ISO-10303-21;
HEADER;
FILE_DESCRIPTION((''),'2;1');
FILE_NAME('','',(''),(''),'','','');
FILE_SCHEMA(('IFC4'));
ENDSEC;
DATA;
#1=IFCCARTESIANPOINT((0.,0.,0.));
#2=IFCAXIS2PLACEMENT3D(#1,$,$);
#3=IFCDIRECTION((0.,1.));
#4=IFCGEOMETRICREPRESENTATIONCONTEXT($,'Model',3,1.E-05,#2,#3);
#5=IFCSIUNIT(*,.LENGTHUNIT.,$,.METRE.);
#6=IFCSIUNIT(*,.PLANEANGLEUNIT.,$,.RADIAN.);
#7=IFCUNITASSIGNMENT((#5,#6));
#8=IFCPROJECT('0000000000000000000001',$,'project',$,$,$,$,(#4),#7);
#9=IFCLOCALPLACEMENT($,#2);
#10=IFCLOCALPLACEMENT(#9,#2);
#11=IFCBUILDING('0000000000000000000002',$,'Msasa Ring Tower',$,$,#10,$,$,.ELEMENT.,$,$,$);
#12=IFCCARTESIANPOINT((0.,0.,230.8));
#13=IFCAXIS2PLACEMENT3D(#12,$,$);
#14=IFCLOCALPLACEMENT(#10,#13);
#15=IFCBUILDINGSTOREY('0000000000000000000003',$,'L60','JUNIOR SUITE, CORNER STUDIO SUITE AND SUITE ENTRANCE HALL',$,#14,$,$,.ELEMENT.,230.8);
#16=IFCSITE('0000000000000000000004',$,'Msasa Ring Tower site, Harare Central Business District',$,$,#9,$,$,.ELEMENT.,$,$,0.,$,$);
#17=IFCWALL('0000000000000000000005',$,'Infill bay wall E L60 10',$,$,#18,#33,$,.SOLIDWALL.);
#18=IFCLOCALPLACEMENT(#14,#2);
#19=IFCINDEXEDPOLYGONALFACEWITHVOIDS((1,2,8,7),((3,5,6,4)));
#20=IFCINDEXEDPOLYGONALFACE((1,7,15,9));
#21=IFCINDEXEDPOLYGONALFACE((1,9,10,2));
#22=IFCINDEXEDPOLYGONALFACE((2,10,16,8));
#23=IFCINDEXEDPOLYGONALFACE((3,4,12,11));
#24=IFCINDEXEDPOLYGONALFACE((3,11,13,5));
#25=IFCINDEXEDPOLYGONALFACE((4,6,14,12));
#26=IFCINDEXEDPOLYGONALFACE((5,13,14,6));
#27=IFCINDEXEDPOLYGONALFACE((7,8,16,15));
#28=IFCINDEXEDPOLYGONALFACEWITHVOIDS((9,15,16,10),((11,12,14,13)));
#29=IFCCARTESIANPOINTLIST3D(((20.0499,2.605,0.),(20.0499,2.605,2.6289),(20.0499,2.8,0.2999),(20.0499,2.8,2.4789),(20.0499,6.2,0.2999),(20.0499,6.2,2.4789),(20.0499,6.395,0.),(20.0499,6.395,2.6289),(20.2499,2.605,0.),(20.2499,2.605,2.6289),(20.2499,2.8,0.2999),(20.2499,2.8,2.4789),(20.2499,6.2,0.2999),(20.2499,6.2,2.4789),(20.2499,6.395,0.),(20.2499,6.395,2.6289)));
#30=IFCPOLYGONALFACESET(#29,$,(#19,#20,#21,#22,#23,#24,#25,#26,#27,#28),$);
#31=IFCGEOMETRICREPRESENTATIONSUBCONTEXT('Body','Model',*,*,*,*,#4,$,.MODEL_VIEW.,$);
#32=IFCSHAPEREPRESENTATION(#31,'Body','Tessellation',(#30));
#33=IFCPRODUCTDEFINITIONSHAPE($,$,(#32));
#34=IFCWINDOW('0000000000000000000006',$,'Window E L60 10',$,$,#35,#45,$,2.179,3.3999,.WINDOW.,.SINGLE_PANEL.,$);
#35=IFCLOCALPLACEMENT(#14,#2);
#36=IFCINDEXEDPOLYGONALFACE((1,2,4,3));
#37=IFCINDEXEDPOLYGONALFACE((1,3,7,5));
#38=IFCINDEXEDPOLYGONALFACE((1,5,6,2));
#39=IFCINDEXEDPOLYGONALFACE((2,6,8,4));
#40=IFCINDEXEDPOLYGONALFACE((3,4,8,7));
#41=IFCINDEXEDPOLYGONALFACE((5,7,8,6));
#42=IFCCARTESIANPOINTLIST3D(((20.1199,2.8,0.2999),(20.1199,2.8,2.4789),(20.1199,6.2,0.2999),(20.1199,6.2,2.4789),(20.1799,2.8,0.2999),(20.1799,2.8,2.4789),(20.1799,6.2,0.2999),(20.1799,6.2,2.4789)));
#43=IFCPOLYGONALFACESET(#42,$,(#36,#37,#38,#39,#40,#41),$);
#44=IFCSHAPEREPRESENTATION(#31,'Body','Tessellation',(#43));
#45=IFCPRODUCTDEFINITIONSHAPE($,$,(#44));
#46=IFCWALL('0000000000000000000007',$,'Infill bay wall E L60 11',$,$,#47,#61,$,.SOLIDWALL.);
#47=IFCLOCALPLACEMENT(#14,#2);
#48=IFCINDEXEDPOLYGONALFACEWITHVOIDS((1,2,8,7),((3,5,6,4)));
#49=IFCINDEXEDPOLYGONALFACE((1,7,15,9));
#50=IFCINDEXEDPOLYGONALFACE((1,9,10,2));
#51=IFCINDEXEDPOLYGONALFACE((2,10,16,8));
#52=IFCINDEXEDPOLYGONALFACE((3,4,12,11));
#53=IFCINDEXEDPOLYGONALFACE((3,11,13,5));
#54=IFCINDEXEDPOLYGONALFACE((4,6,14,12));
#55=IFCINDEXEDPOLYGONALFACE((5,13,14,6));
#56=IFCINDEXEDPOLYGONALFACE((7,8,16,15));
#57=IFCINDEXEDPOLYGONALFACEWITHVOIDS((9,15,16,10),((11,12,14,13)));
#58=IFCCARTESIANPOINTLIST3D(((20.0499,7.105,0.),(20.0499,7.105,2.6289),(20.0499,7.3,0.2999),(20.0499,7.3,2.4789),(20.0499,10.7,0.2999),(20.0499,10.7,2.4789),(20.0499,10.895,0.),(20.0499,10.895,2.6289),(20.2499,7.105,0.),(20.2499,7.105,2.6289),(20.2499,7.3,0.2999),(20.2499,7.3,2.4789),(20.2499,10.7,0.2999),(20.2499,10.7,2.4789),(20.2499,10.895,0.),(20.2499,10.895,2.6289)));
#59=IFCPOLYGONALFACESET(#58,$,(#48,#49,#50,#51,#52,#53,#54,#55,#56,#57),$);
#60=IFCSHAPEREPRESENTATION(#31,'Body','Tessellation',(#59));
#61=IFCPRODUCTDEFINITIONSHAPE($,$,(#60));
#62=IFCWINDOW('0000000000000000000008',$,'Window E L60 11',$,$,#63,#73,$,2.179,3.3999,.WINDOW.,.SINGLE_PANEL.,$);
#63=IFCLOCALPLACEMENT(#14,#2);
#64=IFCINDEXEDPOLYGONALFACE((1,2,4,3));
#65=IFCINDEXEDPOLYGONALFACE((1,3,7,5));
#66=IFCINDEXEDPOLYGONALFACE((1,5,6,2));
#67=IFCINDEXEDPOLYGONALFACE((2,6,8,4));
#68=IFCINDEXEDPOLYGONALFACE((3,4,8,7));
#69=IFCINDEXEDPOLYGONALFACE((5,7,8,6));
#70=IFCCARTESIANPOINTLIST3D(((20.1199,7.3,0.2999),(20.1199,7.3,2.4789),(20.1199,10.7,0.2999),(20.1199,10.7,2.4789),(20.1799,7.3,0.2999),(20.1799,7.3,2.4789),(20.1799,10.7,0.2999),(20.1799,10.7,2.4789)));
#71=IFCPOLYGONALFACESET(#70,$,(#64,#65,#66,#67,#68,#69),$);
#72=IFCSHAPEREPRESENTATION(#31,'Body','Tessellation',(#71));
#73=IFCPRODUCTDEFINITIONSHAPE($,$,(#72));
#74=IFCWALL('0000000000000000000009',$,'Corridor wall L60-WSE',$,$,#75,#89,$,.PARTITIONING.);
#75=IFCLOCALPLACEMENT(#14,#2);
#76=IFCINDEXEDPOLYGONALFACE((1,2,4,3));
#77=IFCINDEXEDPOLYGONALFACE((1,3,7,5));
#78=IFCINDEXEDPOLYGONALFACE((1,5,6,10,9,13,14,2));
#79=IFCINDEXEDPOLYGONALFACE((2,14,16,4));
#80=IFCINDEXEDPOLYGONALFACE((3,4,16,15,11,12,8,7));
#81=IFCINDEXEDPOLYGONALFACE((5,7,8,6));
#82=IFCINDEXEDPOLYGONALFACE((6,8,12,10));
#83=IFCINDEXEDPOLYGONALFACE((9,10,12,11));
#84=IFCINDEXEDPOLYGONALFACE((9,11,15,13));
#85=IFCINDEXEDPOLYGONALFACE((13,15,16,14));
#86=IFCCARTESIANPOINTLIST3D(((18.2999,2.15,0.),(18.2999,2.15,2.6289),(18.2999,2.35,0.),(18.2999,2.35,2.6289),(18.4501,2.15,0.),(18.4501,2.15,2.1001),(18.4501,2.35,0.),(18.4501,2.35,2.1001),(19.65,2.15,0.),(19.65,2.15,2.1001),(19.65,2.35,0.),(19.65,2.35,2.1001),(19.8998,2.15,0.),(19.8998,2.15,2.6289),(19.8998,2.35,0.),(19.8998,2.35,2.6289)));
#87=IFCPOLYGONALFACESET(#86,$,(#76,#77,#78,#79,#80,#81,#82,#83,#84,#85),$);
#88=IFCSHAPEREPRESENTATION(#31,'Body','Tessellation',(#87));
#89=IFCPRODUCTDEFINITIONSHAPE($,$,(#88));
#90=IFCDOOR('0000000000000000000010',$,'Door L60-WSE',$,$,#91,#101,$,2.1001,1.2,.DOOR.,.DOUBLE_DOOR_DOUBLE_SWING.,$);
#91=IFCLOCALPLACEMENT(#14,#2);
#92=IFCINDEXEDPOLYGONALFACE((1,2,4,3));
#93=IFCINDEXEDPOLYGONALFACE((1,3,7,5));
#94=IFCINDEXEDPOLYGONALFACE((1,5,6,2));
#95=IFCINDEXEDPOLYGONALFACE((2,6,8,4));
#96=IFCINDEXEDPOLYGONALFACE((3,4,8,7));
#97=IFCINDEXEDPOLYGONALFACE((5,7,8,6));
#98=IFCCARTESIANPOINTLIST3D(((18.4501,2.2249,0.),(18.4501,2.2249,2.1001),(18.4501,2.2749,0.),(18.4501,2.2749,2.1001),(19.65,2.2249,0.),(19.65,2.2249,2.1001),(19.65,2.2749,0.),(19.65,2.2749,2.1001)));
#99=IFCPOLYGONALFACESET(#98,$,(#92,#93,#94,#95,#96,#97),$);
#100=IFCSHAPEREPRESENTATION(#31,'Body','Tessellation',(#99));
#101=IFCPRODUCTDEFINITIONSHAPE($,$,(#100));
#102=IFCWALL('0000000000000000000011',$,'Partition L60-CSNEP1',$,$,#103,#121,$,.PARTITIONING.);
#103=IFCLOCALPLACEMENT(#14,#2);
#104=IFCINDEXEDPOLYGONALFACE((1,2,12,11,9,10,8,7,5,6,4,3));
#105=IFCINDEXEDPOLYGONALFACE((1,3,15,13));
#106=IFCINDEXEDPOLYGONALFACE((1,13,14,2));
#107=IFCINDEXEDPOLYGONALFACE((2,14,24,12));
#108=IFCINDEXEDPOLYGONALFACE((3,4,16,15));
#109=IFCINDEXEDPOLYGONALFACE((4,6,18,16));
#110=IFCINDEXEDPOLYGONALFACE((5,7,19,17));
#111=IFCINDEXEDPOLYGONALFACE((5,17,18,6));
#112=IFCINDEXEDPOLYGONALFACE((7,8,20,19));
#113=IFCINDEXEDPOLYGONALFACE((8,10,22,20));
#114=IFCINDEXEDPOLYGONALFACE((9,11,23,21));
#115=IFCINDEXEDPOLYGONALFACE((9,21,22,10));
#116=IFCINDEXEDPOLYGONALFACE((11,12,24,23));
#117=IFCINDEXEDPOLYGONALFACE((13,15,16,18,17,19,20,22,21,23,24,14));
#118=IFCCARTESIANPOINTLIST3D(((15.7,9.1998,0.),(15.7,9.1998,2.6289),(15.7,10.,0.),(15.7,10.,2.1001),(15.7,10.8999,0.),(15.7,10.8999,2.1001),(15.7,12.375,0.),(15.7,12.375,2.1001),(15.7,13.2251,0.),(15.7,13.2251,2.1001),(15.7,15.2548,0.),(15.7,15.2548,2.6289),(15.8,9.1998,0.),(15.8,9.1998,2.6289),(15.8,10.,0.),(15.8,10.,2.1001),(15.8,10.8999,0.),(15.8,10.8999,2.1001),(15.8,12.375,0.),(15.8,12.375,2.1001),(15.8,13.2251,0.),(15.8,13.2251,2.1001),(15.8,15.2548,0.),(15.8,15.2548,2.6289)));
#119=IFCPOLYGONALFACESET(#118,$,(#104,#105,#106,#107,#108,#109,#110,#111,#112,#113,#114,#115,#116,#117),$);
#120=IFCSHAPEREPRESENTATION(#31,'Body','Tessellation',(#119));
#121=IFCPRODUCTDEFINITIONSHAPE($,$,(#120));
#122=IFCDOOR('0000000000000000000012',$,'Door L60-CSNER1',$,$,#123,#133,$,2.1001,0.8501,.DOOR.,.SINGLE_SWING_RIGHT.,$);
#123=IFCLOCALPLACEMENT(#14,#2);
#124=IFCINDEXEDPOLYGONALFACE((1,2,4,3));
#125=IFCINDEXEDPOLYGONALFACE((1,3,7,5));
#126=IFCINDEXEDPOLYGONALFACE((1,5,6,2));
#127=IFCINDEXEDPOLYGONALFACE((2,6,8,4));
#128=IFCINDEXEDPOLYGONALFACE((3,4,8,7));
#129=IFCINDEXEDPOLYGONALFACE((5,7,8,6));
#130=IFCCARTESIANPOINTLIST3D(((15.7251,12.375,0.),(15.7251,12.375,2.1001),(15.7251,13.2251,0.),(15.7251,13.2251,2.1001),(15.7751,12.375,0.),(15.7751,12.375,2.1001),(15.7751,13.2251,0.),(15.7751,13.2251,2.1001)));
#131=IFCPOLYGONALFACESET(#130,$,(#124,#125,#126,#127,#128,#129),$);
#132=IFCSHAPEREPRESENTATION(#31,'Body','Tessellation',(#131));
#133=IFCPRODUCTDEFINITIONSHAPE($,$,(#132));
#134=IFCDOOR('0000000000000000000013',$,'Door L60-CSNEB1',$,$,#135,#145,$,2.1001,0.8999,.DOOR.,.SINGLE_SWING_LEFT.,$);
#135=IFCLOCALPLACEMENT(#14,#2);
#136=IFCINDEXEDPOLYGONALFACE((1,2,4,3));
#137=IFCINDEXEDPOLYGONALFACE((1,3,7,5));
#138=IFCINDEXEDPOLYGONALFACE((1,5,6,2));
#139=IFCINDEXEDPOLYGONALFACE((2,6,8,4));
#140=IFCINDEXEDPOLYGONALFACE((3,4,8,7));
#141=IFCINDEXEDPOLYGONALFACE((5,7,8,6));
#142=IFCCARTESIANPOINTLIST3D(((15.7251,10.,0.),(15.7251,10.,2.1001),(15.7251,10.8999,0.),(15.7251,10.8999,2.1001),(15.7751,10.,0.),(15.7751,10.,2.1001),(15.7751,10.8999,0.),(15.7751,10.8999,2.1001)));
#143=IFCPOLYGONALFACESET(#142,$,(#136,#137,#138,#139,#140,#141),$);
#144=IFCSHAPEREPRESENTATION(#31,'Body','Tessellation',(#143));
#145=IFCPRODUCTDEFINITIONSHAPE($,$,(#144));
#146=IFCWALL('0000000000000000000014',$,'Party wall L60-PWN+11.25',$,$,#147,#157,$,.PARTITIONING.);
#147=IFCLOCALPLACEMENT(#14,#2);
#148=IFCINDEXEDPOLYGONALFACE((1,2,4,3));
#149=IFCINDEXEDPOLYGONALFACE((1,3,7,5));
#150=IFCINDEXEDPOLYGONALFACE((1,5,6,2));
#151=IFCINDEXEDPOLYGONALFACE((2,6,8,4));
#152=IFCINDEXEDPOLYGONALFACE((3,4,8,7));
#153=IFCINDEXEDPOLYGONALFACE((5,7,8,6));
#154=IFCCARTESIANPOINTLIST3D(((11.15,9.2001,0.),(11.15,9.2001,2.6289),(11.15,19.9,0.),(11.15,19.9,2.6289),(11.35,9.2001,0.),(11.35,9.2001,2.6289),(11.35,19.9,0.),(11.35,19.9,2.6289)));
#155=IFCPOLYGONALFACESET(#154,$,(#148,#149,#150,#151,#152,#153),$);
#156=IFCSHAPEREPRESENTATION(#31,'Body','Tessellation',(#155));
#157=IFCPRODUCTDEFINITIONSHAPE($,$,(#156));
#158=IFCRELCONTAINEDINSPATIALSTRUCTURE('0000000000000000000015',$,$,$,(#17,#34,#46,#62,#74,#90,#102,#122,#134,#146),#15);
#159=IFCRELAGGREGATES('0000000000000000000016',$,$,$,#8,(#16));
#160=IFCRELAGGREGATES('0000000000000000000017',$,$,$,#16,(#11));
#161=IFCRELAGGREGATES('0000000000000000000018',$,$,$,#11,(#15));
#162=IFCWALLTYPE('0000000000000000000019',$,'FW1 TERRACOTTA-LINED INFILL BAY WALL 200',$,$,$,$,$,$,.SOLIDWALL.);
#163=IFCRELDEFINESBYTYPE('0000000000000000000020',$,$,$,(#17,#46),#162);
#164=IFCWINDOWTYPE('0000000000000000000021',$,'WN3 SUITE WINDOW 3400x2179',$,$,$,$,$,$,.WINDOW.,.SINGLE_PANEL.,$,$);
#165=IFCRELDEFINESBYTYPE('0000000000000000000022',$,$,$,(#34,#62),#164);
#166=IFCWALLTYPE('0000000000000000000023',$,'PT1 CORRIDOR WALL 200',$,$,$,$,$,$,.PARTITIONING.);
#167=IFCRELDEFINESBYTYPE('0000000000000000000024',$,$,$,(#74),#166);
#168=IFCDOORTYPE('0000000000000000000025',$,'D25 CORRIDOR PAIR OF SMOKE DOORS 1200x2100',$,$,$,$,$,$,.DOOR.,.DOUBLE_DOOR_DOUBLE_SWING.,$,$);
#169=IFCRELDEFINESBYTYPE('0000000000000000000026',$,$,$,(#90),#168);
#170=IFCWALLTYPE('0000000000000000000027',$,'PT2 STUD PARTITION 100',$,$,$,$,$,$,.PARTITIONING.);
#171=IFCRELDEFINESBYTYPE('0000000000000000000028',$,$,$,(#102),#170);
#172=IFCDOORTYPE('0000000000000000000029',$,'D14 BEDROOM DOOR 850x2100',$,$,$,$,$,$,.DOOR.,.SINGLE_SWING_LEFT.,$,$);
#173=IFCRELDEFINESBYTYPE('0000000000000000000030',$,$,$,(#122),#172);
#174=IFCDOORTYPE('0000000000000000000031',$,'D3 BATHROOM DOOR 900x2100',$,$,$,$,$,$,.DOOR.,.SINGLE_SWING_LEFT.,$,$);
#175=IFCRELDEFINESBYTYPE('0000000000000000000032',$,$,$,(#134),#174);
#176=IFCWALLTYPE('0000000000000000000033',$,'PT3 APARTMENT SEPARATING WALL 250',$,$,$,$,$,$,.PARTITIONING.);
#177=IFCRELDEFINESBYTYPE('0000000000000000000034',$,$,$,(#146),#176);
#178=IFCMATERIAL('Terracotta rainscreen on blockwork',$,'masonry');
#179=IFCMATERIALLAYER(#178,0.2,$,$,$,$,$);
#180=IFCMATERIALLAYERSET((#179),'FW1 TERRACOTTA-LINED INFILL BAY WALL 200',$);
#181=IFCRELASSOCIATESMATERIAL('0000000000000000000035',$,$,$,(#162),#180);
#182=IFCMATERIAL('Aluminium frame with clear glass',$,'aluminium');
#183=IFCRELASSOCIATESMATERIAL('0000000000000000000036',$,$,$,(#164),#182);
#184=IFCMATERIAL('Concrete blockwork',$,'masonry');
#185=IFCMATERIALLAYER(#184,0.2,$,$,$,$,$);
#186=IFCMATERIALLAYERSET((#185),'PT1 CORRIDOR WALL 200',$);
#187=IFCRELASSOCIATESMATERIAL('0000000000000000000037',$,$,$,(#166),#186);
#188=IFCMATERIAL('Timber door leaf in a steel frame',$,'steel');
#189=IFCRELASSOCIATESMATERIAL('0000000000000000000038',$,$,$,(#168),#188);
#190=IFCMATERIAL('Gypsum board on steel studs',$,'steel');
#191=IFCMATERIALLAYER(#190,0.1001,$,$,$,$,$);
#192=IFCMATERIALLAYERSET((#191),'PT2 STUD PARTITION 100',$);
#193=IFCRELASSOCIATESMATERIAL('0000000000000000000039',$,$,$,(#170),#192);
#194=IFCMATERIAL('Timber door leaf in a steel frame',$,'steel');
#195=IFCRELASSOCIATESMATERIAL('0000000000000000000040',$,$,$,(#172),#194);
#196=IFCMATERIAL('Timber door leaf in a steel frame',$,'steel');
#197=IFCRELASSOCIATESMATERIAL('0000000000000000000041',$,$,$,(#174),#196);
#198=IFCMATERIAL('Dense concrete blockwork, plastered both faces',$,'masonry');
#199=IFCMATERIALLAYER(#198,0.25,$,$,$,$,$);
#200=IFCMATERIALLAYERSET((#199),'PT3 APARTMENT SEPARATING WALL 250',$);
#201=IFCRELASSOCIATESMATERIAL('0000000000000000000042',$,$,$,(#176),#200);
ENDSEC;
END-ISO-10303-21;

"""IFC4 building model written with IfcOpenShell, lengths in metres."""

from ifc_helpers import new_model, si_unit, direction, frame, frame_2d, origin, place, context, subcontext, project, spatial, rectangle, extrude, material, layer, layer_set, type_object, element, fill, save


model = new_model("IFC4")

# Units and contexts
model_context = context("Model", 3, precision=1e-05, world=origin(), true_north=direction((0.0, 1.0)))
body_context = subcontext(model_context, "Body", "Model", "MODEL_VIEW")
ifc_project = project(units=[si_unit("LENGTHUNIT", "METRE"), si_unit("PLANEANGLEUNIT", "RADIAN")], contexts=[model_context])

# Site, building, storey
site_placement = place(None, origin())
site = spatial("IfcSite", under=ifc_project, at=site_placement, Name="Msasa Ring Tower site, Harare Central Business District", CompositionType="ELEMENT", RefElevation=0.0)
building_placement = place(site_placement, origin())
building = spatial("IfcBuilding", under=site, at=building_placement, Name="Msasa Ring Tower", CompositionType="ELEMENT")
storey_placement = place(building_placement, frame((0.0, 0.0, 230.8)))
storey = spatial("IfcBuildingStorey", under=building, at=storey_placement, Name="L60", Description="JUNIOR SUITE, CORNER STUDIO SUITE AND SUITE ENTRANCE HALL", CompositionType="ELEMENT", Elevation=230.8)

# Walls, openings, windows
ifc_material_1 = material(Name="Terracotta rainscreen on blockwork", Category="masonry")
ifc_layer_1 = layer(ifc_material_1, 0.2)
ifc_layer_set_1 = layer_set([ifc_layer_1], Name="FW1 TERRACOTTA-LINED INFILL BAY WALL 200")
wall_type_1 = type_object("IfcWallType", Name="FW1 TERRACOTTA-LINED INFILL BAY WALL 200", PredefinedType="SOLIDWALL", material=ifc_layer_set_1)
wall_1_placement = place(storey_placement, frame((20.1499, 2.605, 0.0), z_axis=(0.0, 0.0, 1.0), x_axis=(0.0, 1.0, 0.0)))
wall_1 = element("IfcWall", 1, at=wall_1_placement, inside=storey, type_object=wall_type_1, Name="Infill bay wall E L60 10", PredefinedType="SOLIDWALL", context=body_context, shape_type="SweptSolid", body=[
    extrude(rectangle(XDim=3.79, YDim=0.2, at=frame_2d((1.895, 0.0))), origin(), (0.0, 0.0, 1.0), 2.6289),
])
opening_1_placement = place(wall_1_placement, frame((0.1951, 0.0, 0.3)))
opening_1 = element("IfcOpeningElement", 2, at=opening_1_placement, cuts=wall_1, PredefinedType="OPENING", context=body_context, shape_type="SweptSolid", body=[
    extrude(rectangle(XDim=3.3999, YDim=2.179, at=frame_2d((1.7, 1.0894))), frame((0.0, 0.1099, 0.0), z_axis=(0.0, -1.0, 0.0), x_axis=(1.0, 0.0, 0.0)), (0.0, 0.0, 1.0), 0.22),
])
ifc_material_2 = material(Name="Aluminium frame with clear glass", Category="aluminium")
window_type = type_object("IfcWindowType", Name="WN3 SUITE WINDOW 3400x2179", PartitioningType="SINGLE_PANEL", PredefinedType="WINDOW", material=ifc_material_2)
window_1_placement = place(opening_1_placement, origin())
window_1 = element("IfcWindow", 3, at=window_1_placement, inside=storey, type_object=window_type, Name="Window E L60 10", OverallHeight=2.179, OverallWidth=3.3999, PartitioningType="SINGLE_PANEL", PredefinedType="WINDOW", context=body_context, shape_type="SweptSolid", body=[
    extrude(rectangle(XDim=3.3999, YDim=2.179, at=frame_2d((1.7, 1.0894))), frame((0.0, 0.03, 0.0), z_axis=(0.0, -1.0, 0.0), x_axis=(1.0, 0.0, 0.0)), (0.0, 0.0, 1.0), 0.0601),
])
fill(opening_1, window_1)
wall_2_placement = place(storey_placement, frame((20.1499, 7.105, 0.0), z_axis=(0.0, 0.0, 1.0), x_axis=(0.0, 1.0, 0.0)))
wall_2 = element("IfcWall", 4, at=wall_2_placement, inside=storey, type_object=wall_type_1, Name="Infill bay wall E L60 11", PredefinedType="SOLIDWALL", context=body_context, shape_type="SweptSolid", body=[
    extrude(rectangle(XDim=3.79, YDim=0.2, at=frame_2d((1.895, 0.0))), origin(), (0.0, 0.0, 1.0), 2.6289),
])
opening_2_placement = place(wall_2_placement, frame((0.1951, 0.0, 0.3)))
opening_2 = element("IfcOpeningElement", 5, at=opening_2_placement, cuts=wall_2, PredefinedType="OPENING", context=body_context, shape_type="SweptSolid", body=[
    extrude(rectangle(XDim=3.3999, YDim=2.179, at=frame_2d((1.7, 1.0894))), frame((0.0, 0.1099, 0.0), z_axis=(0.0, -1.0, 0.0), x_axis=(1.0, 0.0, 0.0)), (0.0, 0.0, 1.0), 0.22),
])
window_2_placement = place(opening_2_placement, origin())
window_2 = element("IfcWindow", 6, at=window_2_placement, inside=storey, type_object=window_type, Name="Window E L60 11", OverallHeight=2.179, OverallWidth=3.3999, PartitioningType="SINGLE_PANEL", PredefinedType="WINDOW", context=body_context, shape_type="SweptSolid", body=[
    extrude(rectangle(XDim=3.3999, YDim=2.179, at=frame_2d((1.7, 1.0894))), frame((0.0, 0.03, 0.0), z_axis=(0.0, -1.0, 0.0), x_axis=(1.0, 0.0, 0.0)), (0.0, 0.0, 1.0), 0.0601),
])
fill(opening_2, window_2)

# Wall, opening, door
ifc_material_3 = material(Name="Concrete blockwork", Category="masonry")
ifc_layer_2 = layer(ifc_material_3, 0.2)
ifc_layer_set_2 = layer_set([ifc_layer_2], Name="PT1 CORRIDOR WALL 200")
wall_type_2 = type_object("IfcWallType", Name="PT1 CORRIDOR WALL 200", PredefinedType="PARTITIONING", material=ifc_layer_set_2)
wall_3_placement = place(storey_placement, frame((18.3, 2.25, 0.0), z_axis=(0.0, 0.0, 1.0), x_axis=(1.0, 0.0, 0.0)))
wall_3 = element("IfcWall", 7, at=wall_3_placement, inside=storey, type_object=wall_type_2, Name="Corridor wall L60-WSE", PredefinedType="PARTITIONING", context=body_context, shape_type="SweptSolid", body=[
    extrude(rectangle(XDim=1.5999, YDim=0.2, at=frame_2d((0.7998, 0.0))), origin(), (0.0, 0.0, 1.0), 2.6289),
])
opening_3_placement = place(wall_3_placement, frame((0.1499, 0.0, 0.0)))
opening_3 = element("IfcOpeningElement", 8, at=opening_3_placement, cuts=wall_3, PredefinedType="OPENING", context=body_context, shape_type="SweptSolid", body=[
    extrude(rectangle(XDim=1.2, YDim=2.1001, at=frame_2d((0.6001, 1.05))), frame((0.0, 0.1099, 0.0), z_axis=(0.0, -1.0, 0.0), x_axis=(1.0, 0.0, 0.0)), (0.0, 0.0, 1.0), 0.22),
])
ifc_material_4 = material(Name="Timber door leaf in a steel frame", Category="steel")
door_type_1 = type_object("IfcDoorType", Name="D25 CORRIDOR PAIR OF SMOKE DOORS 1200x2100", OperationType="DOUBLE_DOOR_DOUBLE_SWING", PredefinedType="DOOR", material=ifc_material_4)
door_1_placement = place(opening_3_placement, origin())
door_1 = element("IfcDoor", 9, at=door_1_placement, inside=storey, type_object=door_type_1, Name="Door L60-WSE", OperationType="DOUBLE_DOOR_DOUBLE_SWING", OverallHeight=2.1001, OverallWidth=1.2, PredefinedType="DOOR", context=body_context, shape_type="SweptSolid", body=[
    extrude(rectangle(XDim=1.2, YDim=2.1001, at=frame_2d((0.6001, 1.05))), frame((0.0, 0.0249, 0.0), z_axis=(0.0, -1.0, 0.0), x_axis=(1.0, 0.0, 0.0)), (0.0, 0.0, 1.0), 0.05),
])
fill(opening_3, door_1)

# Wall, openings, doors
ifc_material_5 = material(Name="Gypsum board on steel studs", Category="steel")
ifc_layer_3 = layer(ifc_material_5, 0.1001)
ifc_layer_set_3 = layer_set([ifc_layer_3], Name="PT2 STUD PARTITION 100")
wall_type_3 = type_object("IfcWallType", Name="PT2 STUD PARTITION 100", PredefinedType="PARTITIONING", material=ifc_layer_set_3)
wall_4_placement = place(storey_placement, frame((15.75, 9.2, 0.0), z_axis=(0.0, 0.0, 1.0), x_axis=(0.0, 1.0, 0.0)))
wall_4 = element("IfcWall", 10, at=wall_4_placement, inside=storey, type_object=wall_type_3, Name="Partition L60-CSNEP1", PredefinedType="PARTITIONING", context=body_context, shape_type="SweptSolid", body=[
    extrude(rectangle(XDim=6.0549, YDim=0.1001, at=frame_2d((3.0273, 0.0))), origin(), (0.0, 0.0, 1.0), 2.6289),
])
opening_4_placement = place(wall_4_placement, frame((3.175, 0.0, 0.0)))
opening_4 = element("IfcOpeningElement", 11, at=opening_4_placement, cuts=wall_4, PredefinedType="OPENING", context=body_context, shape_type="SweptSolid", body=[
    extrude(rectangle(XDim=0.8501, YDim=2.1001, at=frame_2d((0.425, 1.05))), frame((0.0, 0.0601, 0.0), z_axis=(0.0, -1.0, 0.0), x_axis=(1.0, 0.0, 0.0)), (0.0, 0.0, 1.0), 0.1201),
])
opening_5_placement = place(wall_4_placement, frame((0.8, 0.0, 0.0)))
opening_5 = element("IfcOpeningElement", 12, at=opening_5_placement, cuts=wall_4, PredefinedType="OPENING", context=body_context, shape_type="SweptSolid", body=[
    extrude(rectangle(XDim=0.8999, YDim=2.1001, at=frame_2d((0.45, 1.05))), frame((0.0, 0.0601, 0.0), z_axis=(0.0, -1.0, 0.0), x_axis=(1.0, 0.0, 0.0)), (0.0, 0.0, 1.0), 0.1201),
])
ifc_material_6 = material(Name="Timber door leaf in a steel frame", Category="steel")
door_type_2 = type_object("IfcDoorType", Name="D14 BEDROOM DOOR 850x2100", OperationType="SINGLE_SWING_LEFT", PredefinedType="DOOR", material=ifc_material_6)
door_2_placement = place(opening_4_placement, origin())
door_2 = element("IfcDoor", 13, at=door_2_placement, inside=storey, type_object=door_type_2, Name="Door L60-CSNER1", OperationType="SINGLE_SWING_RIGHT", OverallHeight=2.1001, OverallWidth=0.8501, PredefinedType="DOOR", context=body_context, shape_type="SweptSolid", body=[
    extrude(rectangle(XDim=0.8501, YDim=2.1001, at=frame_2d((0.425, 1.05))), frame((0.0, 0.0249, 0.0), z_axis=(0.0, -1.0, 0.0), x_axis=(1.0, 0.0, 0.0)), (0.0, 0.0, 1.0), 0.05),
])
fill(opening_4, door_2)
ifc_material_7 = material(Name="Timber door leaf in a steel frame", Category="steel")
door_type_3 = type_object("IfcDoorType", Name="D3 BATHROOM DOOR 900x2100", OperationType="SINGLE_SWING_LEFT", PredefinedType="DOOR", material=ifc_material_7)
door_3_placement = place(opening_5_placement, origin())
door_3 = element("IfcDoor", 14, at=door_3_placement, inside=storey, type_object=door_type_3, Name="Door L60-CSNEB1", OperationType="SINGLE_SWING_LEFT", OverallHeight=2.1001, OverallWidth=0.8999, PredefinedType="DOOR", context=body_context, shape_type="SweptSolid", body=[
    extrude(rectangle(XDim=0.8999, YDim=2.1001, at=frame_2d((0.45, 1.05))), frame((0.0, 0.0249, 0.0), z_axis=(0.0, -1.0, 0.0), x_axis=(1.0, 0.0, 0.0)), (0.0, 0.0, 1.0), 0.05),
])
fill(opening_5, door_3)

# Wall
ifc_material_8 = material(Name="Dense concrete blockwork, plastered both faces", Category="masonry")
ifc_layer_4 = layer(ifc_material_8, 0.25)
ifc_layer_set_4 = layer_set([ifc_layer_4], Name="PT3 APARTMENT SEPARATING WALL 250")
wall_type_4 = type_object("IfcWallType", Name="PT3 APARTMENT SEPARATING WALL 250", PredefinedType="PARTITIONING", material=ifc_layer_set_4)
wall_5_placement = place(storey_placement, frame((11.25, 9.2, 0.0), z_axis=(0.0, 0.0, 1.0), x_axis=(0.0, 1.0, 0.0)))
element("IfcWall", 15, at=wall_5_placement, inside=storey, type_object=wall_type_4, Name="Party wall L60-PWN+11.25", PredefinedType="PARTITIONING", context=body_context, shape_type="SweptSolid", body=[
    extrude(rectangle(XDim=10.7, YDim=0.2, at=frame_2d((5.3501, 0.0))), origin(), (0.0, 0.0, 1.0), 2.6289),
])

save(model, "model.ifc")
